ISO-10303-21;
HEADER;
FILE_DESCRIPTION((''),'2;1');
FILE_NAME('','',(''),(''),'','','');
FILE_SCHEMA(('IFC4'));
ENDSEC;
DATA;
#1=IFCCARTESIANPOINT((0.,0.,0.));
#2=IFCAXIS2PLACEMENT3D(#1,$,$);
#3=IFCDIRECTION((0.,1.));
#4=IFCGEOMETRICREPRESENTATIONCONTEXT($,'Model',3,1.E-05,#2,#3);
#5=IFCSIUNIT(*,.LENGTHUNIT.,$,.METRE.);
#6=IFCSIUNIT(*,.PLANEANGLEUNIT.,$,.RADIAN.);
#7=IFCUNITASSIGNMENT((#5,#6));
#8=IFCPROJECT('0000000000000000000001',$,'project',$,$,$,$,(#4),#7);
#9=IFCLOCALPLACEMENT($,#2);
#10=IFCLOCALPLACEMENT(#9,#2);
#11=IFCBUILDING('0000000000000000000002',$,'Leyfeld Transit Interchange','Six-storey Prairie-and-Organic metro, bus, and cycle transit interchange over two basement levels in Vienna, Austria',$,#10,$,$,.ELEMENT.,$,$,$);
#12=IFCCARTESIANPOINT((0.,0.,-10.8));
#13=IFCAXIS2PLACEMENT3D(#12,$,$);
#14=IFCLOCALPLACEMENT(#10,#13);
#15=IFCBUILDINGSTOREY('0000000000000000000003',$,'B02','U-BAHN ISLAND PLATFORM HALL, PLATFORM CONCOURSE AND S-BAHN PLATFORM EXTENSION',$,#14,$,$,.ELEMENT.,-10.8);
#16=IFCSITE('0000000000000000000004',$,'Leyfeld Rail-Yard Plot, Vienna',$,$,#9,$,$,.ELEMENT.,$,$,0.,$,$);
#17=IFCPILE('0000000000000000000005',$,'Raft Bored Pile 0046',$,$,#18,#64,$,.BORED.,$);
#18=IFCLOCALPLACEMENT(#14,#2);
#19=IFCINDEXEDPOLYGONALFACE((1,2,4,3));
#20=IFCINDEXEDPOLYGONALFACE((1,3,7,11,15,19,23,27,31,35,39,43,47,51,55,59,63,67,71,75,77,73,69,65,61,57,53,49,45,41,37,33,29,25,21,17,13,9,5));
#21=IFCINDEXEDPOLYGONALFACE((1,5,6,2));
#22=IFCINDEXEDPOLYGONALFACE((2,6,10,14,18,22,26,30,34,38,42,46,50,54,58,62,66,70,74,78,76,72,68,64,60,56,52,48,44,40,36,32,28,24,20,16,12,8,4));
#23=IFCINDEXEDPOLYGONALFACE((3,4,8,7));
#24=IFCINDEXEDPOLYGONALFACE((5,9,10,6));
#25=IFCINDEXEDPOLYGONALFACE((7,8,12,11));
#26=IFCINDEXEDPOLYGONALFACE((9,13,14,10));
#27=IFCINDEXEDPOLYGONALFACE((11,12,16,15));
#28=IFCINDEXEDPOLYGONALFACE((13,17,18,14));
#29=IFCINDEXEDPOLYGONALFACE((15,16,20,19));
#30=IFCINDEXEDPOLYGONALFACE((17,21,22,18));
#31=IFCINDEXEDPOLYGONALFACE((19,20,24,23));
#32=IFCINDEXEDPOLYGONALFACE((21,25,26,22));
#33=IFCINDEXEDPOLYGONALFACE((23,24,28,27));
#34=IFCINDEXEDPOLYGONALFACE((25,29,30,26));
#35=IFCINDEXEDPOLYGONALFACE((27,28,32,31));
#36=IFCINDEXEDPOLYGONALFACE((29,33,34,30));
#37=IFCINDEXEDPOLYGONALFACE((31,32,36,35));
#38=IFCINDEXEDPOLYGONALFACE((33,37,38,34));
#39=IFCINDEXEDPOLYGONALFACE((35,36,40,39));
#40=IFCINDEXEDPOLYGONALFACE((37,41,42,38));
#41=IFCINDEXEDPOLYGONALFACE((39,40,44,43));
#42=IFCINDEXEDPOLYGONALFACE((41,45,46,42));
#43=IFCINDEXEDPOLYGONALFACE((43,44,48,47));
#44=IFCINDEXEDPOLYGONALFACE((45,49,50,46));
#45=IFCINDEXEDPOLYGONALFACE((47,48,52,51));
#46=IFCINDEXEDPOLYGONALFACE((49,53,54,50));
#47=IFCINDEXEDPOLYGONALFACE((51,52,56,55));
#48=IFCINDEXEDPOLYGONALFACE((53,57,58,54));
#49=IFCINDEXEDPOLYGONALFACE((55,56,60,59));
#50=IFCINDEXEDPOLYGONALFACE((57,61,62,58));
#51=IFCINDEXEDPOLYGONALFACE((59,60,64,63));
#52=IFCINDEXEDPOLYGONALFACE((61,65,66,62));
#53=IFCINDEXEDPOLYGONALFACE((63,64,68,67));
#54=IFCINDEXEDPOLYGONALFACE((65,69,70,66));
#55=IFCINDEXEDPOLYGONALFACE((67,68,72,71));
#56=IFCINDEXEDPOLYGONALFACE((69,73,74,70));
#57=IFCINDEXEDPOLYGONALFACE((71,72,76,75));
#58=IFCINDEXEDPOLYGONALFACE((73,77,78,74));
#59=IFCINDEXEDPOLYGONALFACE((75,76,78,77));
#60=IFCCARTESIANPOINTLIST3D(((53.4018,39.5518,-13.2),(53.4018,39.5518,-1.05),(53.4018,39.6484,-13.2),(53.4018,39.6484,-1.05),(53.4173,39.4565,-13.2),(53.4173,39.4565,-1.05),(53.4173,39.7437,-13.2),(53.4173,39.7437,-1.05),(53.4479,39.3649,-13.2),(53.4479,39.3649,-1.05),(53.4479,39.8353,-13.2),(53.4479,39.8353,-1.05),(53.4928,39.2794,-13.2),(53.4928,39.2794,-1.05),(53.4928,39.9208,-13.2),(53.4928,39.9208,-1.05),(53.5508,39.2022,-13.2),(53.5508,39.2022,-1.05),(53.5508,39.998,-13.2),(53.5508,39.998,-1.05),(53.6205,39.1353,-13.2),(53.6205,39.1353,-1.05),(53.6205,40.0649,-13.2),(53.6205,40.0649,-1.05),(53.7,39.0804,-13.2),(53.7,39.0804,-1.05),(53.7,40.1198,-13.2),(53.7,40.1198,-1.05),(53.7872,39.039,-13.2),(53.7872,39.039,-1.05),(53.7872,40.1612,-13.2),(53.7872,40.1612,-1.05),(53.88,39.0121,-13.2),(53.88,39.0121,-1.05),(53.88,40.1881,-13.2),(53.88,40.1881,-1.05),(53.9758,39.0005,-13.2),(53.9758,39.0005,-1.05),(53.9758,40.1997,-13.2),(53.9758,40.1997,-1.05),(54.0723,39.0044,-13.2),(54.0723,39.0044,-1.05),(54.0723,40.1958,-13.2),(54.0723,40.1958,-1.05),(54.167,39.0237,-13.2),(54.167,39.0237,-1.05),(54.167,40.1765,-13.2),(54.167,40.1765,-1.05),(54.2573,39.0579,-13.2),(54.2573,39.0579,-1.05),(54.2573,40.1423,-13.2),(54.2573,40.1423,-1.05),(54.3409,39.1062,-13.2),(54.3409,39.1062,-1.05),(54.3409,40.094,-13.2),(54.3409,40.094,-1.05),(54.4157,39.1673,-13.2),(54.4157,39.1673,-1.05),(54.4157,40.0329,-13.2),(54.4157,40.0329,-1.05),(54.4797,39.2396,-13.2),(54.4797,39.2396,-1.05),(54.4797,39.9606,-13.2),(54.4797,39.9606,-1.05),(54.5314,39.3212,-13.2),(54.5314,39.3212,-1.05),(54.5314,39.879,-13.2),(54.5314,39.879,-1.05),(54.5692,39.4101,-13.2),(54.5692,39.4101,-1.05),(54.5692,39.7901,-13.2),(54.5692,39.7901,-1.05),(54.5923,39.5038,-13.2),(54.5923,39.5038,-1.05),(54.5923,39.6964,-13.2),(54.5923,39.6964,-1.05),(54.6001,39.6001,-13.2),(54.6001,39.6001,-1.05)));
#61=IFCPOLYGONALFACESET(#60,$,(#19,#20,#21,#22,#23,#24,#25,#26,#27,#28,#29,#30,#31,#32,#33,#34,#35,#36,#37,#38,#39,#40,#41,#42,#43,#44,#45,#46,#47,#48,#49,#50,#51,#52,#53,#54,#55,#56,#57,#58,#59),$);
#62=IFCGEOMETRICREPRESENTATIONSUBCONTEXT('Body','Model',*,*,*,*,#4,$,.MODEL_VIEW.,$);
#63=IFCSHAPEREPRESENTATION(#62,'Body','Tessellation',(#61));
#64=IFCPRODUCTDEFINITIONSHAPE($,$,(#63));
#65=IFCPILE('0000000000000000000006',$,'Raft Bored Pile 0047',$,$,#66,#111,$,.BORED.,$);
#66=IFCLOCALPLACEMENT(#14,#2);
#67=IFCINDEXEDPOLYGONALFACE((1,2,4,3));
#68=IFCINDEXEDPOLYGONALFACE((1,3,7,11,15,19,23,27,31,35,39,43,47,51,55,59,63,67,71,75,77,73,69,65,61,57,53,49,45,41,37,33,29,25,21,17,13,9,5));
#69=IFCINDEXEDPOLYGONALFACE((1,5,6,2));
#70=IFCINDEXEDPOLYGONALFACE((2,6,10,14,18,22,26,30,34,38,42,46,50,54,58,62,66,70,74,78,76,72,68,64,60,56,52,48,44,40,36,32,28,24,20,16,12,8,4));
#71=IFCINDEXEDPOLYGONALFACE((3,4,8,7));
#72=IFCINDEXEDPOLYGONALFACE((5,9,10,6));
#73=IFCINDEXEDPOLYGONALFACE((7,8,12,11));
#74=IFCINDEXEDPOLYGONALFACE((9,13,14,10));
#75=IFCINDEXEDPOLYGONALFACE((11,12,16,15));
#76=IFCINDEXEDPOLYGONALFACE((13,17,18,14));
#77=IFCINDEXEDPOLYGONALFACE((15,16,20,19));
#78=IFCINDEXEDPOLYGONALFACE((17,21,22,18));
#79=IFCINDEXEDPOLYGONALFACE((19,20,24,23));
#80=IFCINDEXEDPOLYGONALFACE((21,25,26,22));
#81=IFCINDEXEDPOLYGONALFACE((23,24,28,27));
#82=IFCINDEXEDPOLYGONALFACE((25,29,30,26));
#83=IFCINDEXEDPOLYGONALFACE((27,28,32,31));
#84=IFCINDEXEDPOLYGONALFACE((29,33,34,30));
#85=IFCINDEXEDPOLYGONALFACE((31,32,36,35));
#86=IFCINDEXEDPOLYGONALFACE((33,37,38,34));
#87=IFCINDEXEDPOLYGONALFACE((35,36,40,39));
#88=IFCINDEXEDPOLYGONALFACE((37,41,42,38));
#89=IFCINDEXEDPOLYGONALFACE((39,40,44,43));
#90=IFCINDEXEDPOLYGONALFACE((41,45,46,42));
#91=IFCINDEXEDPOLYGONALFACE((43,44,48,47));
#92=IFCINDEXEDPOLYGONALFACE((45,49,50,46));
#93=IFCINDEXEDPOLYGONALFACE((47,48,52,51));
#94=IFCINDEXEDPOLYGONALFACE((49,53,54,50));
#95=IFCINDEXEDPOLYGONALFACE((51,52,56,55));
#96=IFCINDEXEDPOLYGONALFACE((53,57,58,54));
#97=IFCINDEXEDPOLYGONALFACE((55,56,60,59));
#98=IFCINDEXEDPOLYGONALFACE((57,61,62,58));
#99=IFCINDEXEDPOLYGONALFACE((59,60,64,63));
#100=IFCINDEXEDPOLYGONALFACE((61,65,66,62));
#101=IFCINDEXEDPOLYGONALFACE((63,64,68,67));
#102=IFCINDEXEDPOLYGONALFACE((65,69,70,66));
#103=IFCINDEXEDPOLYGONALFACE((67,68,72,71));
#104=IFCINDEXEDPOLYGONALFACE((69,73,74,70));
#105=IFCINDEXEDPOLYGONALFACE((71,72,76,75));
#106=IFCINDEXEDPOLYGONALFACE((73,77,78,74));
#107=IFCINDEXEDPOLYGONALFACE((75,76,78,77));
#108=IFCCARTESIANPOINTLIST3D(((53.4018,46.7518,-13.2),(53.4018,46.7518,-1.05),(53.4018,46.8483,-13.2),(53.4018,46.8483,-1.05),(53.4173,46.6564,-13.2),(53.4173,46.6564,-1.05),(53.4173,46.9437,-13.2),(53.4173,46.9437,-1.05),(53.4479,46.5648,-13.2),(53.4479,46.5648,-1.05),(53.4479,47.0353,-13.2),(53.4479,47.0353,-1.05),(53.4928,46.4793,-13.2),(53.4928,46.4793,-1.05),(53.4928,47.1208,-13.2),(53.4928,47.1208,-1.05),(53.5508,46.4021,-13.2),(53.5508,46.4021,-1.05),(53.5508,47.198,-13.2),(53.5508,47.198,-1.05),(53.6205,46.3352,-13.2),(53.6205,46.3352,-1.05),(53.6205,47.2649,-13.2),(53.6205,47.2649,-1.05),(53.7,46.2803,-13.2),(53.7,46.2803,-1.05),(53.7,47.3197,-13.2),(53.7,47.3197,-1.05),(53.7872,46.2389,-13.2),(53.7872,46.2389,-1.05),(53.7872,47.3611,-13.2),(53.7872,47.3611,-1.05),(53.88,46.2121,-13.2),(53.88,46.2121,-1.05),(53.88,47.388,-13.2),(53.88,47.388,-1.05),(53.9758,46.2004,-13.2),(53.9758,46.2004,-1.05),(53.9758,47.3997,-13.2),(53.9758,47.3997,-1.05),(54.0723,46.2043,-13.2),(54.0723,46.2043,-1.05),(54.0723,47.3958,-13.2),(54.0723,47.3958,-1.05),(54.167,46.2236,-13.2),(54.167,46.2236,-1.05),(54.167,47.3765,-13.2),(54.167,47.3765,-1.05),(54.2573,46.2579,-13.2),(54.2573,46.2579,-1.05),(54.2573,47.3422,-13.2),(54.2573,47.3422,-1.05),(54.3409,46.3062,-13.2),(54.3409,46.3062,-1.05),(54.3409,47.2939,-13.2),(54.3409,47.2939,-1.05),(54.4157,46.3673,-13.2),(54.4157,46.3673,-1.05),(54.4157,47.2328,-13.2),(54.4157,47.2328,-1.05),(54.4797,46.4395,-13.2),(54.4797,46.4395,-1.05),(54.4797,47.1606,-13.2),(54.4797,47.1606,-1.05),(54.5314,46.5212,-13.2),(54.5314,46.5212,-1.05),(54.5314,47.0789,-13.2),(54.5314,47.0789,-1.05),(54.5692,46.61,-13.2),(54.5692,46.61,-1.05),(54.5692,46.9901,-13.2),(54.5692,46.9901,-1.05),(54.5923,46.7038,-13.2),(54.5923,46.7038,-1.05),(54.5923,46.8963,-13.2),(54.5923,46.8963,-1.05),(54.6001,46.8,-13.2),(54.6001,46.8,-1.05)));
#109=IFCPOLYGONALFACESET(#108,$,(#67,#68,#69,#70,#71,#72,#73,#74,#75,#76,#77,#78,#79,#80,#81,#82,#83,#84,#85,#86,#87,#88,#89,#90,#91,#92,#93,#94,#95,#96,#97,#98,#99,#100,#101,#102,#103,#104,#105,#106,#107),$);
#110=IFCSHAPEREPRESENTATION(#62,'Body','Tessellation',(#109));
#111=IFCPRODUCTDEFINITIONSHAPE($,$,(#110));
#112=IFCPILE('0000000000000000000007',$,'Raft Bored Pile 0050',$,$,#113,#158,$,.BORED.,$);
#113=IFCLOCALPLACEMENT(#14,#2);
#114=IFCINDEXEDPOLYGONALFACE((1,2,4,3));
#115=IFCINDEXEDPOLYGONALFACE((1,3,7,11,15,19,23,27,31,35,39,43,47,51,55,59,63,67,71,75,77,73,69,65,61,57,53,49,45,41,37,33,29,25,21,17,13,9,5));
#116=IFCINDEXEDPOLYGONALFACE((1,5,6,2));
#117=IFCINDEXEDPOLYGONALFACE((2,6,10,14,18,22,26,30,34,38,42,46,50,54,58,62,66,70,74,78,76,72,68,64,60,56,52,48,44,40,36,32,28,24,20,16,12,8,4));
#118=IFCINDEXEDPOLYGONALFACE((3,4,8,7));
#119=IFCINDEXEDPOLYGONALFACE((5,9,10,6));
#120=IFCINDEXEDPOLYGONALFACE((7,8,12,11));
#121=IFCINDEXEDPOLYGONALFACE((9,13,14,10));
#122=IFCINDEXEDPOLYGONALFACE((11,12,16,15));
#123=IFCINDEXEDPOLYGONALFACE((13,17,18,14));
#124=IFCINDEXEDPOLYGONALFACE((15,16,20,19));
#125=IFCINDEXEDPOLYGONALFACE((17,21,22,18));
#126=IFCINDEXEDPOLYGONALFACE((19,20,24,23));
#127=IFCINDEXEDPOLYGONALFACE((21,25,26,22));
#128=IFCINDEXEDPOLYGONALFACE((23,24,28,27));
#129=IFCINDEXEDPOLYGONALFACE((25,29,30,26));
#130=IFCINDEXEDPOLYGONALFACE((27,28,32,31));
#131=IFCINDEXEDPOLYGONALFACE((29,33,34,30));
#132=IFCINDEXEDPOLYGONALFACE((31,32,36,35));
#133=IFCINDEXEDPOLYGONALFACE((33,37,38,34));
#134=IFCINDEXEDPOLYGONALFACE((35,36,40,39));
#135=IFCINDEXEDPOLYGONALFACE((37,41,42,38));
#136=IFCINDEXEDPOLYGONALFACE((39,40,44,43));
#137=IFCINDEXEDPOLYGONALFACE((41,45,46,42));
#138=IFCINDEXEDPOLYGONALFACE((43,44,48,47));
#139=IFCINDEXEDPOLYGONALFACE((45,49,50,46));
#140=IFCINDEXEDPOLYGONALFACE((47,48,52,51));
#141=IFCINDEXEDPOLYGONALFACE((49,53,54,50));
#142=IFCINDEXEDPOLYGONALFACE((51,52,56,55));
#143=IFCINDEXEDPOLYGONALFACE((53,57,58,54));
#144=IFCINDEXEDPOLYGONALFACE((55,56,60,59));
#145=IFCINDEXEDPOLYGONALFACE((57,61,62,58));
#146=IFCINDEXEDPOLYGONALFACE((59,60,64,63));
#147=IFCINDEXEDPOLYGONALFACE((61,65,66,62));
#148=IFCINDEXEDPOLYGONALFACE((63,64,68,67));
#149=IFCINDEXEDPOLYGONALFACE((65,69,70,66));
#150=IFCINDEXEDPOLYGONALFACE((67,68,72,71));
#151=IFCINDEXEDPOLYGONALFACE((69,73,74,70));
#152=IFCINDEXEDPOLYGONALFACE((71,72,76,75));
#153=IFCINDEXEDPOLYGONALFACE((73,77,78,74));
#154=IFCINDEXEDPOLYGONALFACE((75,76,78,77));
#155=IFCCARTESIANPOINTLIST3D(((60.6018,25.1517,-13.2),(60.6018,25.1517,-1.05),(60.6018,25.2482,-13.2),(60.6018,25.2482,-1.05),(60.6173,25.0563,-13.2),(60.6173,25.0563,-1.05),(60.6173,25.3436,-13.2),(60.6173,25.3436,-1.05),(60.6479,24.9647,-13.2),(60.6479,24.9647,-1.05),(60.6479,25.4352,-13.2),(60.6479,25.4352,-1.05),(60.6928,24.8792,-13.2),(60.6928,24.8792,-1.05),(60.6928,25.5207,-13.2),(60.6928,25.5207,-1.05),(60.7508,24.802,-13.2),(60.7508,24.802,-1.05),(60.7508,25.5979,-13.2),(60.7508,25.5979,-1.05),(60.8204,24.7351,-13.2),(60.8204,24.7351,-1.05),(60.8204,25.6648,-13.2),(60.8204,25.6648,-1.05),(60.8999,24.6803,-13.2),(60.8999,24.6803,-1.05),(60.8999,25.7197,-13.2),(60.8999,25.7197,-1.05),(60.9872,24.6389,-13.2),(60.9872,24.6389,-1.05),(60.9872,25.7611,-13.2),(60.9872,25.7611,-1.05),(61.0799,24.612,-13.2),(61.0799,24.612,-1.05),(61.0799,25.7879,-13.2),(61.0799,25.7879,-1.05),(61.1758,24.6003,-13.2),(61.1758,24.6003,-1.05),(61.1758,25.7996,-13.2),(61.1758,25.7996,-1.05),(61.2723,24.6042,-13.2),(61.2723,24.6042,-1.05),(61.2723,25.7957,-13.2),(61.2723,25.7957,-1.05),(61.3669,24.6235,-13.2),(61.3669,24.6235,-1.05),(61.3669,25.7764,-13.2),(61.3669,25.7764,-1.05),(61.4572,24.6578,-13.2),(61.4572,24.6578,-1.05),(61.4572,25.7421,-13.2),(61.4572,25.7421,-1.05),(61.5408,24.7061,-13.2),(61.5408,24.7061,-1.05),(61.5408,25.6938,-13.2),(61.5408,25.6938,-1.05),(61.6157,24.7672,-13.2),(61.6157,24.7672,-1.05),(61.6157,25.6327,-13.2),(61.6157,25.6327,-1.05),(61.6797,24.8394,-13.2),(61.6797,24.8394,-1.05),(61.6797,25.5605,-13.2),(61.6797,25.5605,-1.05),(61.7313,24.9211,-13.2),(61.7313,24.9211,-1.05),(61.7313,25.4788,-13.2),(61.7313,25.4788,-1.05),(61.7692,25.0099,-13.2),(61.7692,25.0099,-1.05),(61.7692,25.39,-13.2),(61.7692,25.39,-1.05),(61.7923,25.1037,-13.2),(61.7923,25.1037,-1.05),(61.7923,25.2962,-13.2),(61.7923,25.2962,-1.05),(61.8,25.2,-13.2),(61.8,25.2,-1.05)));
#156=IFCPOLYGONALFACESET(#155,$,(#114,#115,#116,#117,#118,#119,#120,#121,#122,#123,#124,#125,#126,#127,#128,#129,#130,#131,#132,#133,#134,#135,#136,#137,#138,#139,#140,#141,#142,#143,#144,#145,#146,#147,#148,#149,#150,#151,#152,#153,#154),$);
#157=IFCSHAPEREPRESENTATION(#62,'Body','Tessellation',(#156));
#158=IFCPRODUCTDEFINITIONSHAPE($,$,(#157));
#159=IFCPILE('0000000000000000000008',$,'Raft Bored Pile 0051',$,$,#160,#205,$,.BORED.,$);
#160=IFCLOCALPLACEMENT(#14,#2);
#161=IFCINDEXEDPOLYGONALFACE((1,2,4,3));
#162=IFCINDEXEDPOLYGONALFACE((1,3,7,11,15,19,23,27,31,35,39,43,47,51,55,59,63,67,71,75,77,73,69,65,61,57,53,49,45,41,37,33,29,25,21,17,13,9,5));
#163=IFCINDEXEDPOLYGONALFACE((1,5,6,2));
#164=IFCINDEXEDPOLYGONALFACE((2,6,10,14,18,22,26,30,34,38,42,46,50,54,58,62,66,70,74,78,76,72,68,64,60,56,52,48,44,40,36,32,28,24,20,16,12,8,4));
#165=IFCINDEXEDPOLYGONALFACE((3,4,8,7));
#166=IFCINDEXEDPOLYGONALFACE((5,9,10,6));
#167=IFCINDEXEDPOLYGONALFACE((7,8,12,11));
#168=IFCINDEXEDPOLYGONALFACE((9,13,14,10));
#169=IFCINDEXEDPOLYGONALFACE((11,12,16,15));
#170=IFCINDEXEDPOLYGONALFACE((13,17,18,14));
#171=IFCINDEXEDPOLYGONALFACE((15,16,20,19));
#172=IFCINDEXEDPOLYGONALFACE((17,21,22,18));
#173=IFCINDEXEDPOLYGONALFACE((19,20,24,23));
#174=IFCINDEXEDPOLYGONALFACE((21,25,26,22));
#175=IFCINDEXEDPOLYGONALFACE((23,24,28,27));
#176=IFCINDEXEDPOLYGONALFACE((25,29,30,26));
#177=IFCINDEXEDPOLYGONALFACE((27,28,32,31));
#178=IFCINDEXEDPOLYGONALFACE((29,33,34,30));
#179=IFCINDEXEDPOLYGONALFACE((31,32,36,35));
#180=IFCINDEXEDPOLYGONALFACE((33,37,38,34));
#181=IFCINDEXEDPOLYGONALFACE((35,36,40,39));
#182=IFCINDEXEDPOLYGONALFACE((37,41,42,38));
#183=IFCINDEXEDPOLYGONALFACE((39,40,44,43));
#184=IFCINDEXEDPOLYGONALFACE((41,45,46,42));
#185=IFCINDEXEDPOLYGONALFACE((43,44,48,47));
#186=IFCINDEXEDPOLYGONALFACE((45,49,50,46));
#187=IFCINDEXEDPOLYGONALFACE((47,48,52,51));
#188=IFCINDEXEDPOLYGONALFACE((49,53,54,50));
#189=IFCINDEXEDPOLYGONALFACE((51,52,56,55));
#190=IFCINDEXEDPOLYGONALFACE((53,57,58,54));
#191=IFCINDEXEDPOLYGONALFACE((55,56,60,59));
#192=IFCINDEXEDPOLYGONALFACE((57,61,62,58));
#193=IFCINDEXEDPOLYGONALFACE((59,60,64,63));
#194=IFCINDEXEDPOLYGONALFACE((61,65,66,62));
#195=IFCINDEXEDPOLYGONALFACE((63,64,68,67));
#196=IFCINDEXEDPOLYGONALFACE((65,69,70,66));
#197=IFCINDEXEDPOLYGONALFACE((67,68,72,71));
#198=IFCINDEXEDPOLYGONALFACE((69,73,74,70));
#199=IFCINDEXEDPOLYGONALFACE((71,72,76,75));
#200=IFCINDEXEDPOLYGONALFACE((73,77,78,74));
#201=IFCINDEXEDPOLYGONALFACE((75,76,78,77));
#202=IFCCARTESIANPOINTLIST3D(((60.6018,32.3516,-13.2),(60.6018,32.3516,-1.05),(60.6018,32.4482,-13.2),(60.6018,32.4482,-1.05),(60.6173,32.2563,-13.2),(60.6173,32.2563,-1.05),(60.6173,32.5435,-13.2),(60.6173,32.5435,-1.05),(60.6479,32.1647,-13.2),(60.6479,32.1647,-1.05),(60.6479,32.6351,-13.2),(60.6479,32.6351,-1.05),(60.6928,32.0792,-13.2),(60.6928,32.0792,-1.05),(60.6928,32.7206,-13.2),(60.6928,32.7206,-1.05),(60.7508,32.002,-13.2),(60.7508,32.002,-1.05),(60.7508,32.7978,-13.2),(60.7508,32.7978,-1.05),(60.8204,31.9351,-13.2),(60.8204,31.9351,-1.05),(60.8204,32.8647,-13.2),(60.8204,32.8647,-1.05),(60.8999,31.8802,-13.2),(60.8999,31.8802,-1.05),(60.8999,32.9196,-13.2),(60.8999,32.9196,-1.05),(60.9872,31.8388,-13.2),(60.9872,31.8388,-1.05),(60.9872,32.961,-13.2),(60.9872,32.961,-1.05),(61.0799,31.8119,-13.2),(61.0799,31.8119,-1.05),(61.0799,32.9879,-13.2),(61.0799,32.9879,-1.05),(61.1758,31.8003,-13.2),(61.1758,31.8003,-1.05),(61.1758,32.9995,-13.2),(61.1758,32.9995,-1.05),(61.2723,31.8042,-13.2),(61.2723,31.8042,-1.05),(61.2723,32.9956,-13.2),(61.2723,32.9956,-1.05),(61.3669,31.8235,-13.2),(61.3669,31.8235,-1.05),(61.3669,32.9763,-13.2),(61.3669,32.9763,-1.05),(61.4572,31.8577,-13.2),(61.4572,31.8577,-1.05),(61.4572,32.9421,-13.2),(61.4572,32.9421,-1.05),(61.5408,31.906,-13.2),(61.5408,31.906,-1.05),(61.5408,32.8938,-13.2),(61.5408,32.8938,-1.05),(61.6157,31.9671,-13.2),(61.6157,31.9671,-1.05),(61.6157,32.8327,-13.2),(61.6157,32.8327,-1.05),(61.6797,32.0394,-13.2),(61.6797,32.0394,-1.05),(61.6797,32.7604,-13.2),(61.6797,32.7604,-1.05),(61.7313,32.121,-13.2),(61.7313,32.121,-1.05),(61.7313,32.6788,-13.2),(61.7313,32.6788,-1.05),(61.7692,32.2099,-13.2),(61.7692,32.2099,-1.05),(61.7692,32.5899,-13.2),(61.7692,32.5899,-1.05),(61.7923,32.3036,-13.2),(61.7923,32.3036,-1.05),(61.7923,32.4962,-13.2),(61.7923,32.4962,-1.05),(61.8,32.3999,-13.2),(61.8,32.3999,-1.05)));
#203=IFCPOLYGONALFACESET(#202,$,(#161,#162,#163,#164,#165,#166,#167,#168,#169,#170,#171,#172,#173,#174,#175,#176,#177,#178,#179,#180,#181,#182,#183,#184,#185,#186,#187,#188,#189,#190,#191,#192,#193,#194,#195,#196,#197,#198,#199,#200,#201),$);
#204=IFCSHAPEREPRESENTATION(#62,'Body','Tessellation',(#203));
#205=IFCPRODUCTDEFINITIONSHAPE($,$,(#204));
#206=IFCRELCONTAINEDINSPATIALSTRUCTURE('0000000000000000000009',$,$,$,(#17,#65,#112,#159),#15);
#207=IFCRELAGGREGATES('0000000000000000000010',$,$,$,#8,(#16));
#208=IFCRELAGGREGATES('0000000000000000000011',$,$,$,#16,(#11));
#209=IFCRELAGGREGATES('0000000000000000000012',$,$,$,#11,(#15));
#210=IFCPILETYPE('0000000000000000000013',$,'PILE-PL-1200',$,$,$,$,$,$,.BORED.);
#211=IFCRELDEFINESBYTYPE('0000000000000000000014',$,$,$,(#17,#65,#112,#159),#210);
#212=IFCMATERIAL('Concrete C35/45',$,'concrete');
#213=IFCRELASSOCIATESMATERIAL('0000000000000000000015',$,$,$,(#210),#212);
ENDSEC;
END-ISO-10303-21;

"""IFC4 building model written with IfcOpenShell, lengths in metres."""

from ifc_helpers import new_model, si_unit, direction, frame, origin, origin_2d, place, context, subcontext, project, spatial, circle, extrude, material, material_profile, profile_set, type_object, element, save


model = new_model("IFC4")

# Units and contexts
model_context = context("Model", 3, precision=1e-05, world=origin(), true_north=direction((0.0, 1.0)))
body_context = subcontext(model_context, "Body", "Model", "MODEL_VIEW")
ifc_project = project(units=[si_unit("LENGTHUNIT", "METRE"), si_unit("PLANEANGLEUNIT", "RADIAN")], contexts=[model_context])

# Site, building, storey
site_placement = place(None, origin())
site = spatial("IfcSite", under=ifc_project, at=site_placement, Name="Leyfeld Rail-Yard Plot, Vienna", CompositionType="ELEMENT", RefElevation=0.0)
building_placement = place(site_placement, origin())
building = spatial("IfcBuilding", under=site, at=building_placement, Name="Leyfeld Transit Interchange", Description="Six-storey Prairie-and-Organic metro, bus, and cycle transit interchange over two basement levels in Vienna, Austria", CompositionType="ELEMENT")
storey_placement = place(building_placement, frame((0.0, 0.0, -10.8)))
storey = spatial("IfcBuildingStorey", under=building, at=storey_placement, Name="B02", Description="U-BAHN ISLAND PLATFORM HALL, PLATFORM CONCOURSE AND S-BAHN PLATFORM EXTENSION", CompositionType="ELEMENT", Elevation=-10.8)

# Piles
ifc_material_1 = material(Name="Concrete C35/45", Category="concrete")
ifc_material_profile_1 = material_profile(ifc_material_1, circle(Radius=0.6001, at=origin_2d()), Name="PILE D1200")
ifc_profile_set_1 = profile_set([ifc_material_profile_1], Name="Concrete C35/45")
pile_type = type_object("IfcPileType", Name="PILE-PL-1200", PredefinedType="BORED", material=ifc_profile_set_1)
for number, where, z_axis, x_axis, name in (
    (1, (54.0, 39.6001, -1.05), (0.0, 0.0, -1.0), (1.0, 0.0, 0.0), "Raft Bored Pile 0046"),
    (2, (54.0, 46.8, -1.05), (0.0, 0.0, -1.0), (1.0, 0.0, 0.0), "Raft Bored Pile 0047"),
    (3, (61.2, 25.2, -1.05), (0.0, 0.0, -1.0), (1.0, 0.0, 0.0), "Raft Bored Pile 0050"),
    (4, (61.2, 32.3999, -1.05), (0.0, 0.0, -1.0), (1.0, 0.0, 0.0), "Raft Bored Pile 0051"),
):
    element("IfcPile", number, at=place(storey_placement, frame(where, z_axis=z_axis, x_axis=x_axis)), inside=storey, type_object=pile_type, Name=name, PredefinedType="BORED", context=body_context, shape_type="SweptSolid", body=[
        extrude(circle(Radius=0.6001, at=origin_2d()), origin(), (0.0, 0.0, 1.0), 12.1499),
    ])

save(model, "model.ifc")
